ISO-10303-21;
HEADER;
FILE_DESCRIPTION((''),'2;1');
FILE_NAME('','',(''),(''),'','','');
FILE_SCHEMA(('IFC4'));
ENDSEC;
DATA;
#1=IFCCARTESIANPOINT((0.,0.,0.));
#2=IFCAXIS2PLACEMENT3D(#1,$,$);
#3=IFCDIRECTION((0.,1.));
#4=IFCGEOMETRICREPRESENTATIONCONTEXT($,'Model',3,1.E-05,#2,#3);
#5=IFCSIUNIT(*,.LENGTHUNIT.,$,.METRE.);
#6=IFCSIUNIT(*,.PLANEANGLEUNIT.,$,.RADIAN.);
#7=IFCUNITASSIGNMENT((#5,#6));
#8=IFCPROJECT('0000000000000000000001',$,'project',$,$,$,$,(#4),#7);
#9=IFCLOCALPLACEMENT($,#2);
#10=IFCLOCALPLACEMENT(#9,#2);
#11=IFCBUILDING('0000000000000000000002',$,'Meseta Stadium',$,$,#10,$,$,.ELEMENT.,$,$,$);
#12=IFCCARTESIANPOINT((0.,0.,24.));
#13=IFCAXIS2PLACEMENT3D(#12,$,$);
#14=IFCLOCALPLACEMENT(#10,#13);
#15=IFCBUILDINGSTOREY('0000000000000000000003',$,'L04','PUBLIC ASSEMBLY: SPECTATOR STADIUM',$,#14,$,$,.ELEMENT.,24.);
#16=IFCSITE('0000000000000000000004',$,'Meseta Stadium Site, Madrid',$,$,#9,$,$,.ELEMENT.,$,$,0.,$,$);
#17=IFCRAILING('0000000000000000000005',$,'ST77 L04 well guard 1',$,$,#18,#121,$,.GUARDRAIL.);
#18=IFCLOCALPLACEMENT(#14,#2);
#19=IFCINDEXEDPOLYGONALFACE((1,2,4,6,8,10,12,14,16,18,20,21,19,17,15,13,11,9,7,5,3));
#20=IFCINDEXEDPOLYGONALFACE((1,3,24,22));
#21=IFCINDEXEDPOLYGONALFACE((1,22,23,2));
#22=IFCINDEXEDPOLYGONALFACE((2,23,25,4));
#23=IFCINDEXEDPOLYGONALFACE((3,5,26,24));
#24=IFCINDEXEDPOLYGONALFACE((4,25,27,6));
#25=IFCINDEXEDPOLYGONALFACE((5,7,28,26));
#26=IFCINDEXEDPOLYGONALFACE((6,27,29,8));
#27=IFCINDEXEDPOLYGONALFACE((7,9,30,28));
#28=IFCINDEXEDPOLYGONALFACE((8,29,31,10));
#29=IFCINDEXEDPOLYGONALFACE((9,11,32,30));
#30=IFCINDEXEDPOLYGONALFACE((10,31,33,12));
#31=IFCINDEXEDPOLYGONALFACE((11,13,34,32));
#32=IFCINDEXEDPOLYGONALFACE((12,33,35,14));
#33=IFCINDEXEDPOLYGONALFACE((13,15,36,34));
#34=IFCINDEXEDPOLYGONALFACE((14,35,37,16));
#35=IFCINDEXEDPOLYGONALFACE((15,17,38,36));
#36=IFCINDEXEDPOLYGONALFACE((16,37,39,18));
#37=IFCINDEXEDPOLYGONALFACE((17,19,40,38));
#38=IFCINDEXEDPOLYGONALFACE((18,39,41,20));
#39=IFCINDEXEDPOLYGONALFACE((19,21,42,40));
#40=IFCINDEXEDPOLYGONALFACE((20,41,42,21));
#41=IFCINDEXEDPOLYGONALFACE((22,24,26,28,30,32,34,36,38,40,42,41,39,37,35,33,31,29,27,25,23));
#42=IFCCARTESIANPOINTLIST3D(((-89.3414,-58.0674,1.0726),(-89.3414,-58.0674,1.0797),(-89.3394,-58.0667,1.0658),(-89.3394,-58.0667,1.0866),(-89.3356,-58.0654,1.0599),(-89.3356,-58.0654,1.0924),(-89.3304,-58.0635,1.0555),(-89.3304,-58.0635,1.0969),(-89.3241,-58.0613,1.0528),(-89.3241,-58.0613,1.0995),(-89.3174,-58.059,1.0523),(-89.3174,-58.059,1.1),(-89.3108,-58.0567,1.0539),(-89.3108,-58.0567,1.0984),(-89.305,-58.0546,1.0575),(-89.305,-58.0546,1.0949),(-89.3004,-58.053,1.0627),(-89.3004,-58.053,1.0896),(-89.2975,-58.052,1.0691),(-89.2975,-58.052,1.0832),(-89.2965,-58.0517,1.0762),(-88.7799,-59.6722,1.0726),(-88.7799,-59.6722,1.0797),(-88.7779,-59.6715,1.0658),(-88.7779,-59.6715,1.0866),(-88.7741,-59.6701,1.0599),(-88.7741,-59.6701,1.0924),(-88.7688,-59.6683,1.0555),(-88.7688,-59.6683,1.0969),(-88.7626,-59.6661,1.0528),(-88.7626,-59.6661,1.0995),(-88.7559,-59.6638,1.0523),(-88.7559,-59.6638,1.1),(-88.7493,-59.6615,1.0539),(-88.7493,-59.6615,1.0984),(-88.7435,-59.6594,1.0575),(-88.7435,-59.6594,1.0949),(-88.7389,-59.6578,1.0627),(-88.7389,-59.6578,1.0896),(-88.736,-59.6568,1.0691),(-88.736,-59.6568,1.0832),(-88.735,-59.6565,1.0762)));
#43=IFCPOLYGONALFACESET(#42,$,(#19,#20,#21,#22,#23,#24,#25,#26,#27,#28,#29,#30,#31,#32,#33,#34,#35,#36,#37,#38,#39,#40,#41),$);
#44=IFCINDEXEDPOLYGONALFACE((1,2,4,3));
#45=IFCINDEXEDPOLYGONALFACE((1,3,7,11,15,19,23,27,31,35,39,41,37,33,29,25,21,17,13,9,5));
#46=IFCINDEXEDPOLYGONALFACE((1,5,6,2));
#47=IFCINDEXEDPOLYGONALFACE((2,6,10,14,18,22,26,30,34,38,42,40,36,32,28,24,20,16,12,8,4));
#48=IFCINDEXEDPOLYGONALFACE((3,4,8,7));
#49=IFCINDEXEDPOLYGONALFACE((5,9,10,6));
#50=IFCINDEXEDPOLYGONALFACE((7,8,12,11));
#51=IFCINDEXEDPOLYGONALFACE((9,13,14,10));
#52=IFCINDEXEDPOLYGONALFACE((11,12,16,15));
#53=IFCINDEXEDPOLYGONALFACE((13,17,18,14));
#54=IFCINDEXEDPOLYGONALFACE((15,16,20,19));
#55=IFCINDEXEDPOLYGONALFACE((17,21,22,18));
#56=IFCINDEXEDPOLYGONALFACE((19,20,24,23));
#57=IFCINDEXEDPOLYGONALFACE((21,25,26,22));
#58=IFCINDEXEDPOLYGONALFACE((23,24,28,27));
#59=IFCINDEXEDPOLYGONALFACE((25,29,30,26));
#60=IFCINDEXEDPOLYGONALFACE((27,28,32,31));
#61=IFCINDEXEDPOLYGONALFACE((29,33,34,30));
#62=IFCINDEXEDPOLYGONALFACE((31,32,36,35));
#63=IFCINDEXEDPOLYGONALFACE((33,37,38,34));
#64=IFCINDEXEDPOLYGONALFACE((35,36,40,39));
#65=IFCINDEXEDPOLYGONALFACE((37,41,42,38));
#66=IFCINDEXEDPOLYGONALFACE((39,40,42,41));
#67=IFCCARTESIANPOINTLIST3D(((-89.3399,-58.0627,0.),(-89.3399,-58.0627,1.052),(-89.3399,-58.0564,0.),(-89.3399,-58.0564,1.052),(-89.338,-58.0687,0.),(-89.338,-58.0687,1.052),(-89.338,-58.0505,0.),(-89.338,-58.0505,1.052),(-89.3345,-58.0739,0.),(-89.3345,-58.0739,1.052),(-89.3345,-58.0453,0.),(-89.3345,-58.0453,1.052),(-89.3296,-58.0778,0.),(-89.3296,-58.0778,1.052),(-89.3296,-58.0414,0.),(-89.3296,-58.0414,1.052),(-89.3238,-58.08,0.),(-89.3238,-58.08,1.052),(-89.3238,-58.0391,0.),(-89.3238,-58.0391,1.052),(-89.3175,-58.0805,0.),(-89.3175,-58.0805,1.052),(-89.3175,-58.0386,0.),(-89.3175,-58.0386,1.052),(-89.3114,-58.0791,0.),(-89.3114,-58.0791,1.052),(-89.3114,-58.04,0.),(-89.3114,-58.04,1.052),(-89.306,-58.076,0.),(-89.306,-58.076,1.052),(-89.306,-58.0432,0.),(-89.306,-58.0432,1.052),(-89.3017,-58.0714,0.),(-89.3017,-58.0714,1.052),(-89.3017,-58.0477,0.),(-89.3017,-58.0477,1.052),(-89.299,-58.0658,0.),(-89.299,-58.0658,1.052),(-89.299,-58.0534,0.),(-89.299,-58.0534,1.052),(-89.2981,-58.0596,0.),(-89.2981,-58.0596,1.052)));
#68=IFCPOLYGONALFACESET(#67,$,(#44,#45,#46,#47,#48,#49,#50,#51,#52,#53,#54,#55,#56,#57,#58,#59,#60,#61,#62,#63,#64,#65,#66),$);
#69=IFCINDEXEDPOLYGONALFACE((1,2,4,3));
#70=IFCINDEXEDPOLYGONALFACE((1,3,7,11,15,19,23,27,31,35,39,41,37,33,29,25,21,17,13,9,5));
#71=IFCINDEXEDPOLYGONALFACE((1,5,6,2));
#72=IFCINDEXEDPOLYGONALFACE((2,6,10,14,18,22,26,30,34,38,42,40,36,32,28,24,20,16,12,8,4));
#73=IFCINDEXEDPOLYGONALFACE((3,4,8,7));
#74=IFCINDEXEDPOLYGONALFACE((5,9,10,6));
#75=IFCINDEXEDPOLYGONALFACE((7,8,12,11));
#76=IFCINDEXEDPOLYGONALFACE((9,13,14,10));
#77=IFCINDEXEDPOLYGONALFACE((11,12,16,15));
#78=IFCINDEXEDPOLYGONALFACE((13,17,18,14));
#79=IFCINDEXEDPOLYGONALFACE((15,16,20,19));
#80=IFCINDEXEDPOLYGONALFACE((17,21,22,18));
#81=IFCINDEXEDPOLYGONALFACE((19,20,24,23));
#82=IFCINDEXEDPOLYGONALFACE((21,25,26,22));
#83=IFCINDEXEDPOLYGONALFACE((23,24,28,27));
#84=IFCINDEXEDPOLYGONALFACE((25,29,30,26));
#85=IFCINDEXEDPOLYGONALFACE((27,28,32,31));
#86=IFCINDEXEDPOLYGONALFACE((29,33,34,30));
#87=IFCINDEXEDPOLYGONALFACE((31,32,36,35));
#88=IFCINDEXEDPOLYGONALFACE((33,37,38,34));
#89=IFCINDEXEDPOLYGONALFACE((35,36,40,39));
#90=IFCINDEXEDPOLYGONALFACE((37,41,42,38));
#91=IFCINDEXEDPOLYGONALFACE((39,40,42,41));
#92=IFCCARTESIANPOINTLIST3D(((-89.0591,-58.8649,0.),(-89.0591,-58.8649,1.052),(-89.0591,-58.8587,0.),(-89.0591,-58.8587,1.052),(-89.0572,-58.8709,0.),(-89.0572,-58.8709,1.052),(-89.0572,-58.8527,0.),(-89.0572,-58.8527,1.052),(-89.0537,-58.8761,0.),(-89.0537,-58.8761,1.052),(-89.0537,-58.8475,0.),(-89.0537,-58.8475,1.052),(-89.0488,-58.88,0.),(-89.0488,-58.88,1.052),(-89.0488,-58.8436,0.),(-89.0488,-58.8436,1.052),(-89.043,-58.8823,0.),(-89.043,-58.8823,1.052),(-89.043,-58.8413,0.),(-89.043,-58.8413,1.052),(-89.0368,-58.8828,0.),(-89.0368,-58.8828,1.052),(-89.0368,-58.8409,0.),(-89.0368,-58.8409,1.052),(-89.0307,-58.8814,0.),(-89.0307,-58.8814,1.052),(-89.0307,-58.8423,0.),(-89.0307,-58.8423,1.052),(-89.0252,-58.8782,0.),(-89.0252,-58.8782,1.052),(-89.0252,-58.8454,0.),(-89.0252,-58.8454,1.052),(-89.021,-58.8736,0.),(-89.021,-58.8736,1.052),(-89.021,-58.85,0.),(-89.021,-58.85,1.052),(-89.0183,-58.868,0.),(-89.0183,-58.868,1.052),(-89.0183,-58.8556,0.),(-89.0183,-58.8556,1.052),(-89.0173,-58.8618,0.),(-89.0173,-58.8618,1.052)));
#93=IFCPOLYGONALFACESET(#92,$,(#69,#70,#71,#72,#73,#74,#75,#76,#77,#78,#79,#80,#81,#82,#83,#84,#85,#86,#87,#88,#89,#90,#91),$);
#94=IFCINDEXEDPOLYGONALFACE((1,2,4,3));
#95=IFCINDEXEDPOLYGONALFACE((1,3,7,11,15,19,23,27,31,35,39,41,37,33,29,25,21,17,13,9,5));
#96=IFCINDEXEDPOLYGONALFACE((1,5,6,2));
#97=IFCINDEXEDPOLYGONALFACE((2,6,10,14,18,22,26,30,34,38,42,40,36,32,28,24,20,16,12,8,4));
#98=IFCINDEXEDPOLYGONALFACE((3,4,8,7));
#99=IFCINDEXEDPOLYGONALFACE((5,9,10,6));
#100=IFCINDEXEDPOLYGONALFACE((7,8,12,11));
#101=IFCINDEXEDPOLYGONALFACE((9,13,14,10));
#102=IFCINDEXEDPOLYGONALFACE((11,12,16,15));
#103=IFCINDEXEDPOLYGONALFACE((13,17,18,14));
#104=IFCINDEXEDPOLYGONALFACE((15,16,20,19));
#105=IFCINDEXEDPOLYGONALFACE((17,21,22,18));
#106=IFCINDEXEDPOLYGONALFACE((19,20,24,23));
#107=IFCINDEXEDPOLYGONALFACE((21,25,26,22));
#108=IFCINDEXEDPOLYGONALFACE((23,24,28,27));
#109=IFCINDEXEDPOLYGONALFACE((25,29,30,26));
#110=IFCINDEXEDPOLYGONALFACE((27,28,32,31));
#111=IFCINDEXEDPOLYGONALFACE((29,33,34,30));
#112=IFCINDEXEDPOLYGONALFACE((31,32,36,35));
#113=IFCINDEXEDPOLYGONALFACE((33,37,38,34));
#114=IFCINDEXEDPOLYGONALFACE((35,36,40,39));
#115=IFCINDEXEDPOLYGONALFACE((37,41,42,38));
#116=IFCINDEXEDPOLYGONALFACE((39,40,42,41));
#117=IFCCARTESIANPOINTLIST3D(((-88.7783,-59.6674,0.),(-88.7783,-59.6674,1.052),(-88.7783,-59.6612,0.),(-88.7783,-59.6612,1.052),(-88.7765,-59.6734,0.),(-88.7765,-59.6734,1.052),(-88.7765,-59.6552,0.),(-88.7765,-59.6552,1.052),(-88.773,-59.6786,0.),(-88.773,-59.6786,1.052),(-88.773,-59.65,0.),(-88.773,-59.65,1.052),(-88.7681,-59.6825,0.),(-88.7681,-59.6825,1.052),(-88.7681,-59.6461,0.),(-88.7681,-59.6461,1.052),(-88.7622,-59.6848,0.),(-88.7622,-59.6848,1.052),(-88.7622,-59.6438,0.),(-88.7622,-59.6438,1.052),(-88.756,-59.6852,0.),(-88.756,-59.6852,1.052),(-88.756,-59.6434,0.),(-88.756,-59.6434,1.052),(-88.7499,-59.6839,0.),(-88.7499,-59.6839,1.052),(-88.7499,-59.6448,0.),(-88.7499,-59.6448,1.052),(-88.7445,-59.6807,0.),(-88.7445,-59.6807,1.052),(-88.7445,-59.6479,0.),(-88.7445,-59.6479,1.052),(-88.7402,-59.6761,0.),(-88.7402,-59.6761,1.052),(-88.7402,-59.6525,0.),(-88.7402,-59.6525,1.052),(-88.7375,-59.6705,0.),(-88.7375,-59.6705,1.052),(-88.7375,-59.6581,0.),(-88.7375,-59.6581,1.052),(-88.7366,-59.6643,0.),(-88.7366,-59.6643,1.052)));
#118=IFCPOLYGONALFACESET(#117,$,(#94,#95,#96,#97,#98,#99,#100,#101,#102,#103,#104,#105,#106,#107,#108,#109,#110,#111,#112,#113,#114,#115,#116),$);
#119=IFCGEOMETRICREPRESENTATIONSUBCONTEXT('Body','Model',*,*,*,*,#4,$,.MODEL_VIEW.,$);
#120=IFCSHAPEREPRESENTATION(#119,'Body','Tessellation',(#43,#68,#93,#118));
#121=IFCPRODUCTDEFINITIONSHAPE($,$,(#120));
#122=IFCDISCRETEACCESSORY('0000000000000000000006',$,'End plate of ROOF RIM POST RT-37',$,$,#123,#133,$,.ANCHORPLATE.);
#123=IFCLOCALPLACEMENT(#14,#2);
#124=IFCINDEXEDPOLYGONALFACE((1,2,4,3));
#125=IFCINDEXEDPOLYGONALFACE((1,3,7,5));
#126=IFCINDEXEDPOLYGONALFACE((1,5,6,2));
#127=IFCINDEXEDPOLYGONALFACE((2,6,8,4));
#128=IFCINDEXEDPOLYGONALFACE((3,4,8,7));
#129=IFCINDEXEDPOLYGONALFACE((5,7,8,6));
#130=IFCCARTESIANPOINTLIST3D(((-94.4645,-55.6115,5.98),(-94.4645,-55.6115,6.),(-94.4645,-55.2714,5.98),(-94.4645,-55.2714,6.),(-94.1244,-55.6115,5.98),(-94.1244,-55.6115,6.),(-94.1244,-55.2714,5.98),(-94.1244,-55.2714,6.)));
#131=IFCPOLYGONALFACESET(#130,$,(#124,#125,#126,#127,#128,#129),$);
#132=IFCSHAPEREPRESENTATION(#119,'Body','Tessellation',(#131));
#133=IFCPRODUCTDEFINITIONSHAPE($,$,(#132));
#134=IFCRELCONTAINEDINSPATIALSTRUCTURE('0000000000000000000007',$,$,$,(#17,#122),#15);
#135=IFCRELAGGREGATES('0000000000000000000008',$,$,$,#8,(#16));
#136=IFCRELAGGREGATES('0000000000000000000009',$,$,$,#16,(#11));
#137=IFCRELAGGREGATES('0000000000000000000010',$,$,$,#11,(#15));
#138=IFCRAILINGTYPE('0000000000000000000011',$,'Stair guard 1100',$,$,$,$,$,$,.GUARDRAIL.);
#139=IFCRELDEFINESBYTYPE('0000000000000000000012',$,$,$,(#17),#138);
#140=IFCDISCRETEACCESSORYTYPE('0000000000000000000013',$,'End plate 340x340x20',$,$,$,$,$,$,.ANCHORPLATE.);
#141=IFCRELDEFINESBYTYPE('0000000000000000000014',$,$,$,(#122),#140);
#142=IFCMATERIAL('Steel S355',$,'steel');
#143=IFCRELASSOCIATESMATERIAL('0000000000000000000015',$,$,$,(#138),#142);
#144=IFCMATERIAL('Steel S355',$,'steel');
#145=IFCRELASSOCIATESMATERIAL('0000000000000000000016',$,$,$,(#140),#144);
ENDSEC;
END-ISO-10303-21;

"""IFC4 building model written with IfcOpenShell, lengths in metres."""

from ifc_helpers import new_model, si_unit, direction, frame, origin, origin_2d, place, context, subcontext, project, spatial, rectangle, circle, extrude, material, material_profile, profile_set, type_object, element, save


model = new_model("IFC4")

# Units and contexts
model_context = context("Model", 3, precision=1e-05, world=origin(), true_north=direction((0.0, 1.0)))
body_context = subcontext(model_context, "Body", "Model", "MODEL_VIEW")
ifc_project = project(units=[si_unit("LENGTHUNIT", "METRE"), si_unit("PLANEANGLEUNIT", "RADIAN")], contexts=[model_context])

# Site, building, storey
site_placement = place(None, origin())
site = spatial("IfcSite", under=ifc_project, at=site_placement, Name="Meseta Stadium Site, Madrid", CompositionType="ELEMENT", RefElevation=0.0)
building_placement = place(site_placement, origin())
building = spatial("IfcBuilding", under=site, at=building_placement, Name="Meseta Stadium", CompositionType="ELEMENT")
storey_placement = place(building_placement, frame((0.0, 0.0, 24.0)))
storey = spatial("IfcBuildingStorey", under=building, at=storey_placement, Name="L04", Description="PUBLIC ASSEMBLY: SPECTATOR STADIUM", CompositionType="ELEMENT", Elevation=24.0)

# Railing
ifc_material_1 = material(Name="Steel S355", Category="steel")
railing_type = type_object("IfcRailingType", Name="Stair guard 1100", PredefinedType="GUARDRAIL", material=ifc_material_1)
railing_placement = place(storey_placement, frame((-89.3191, -58.0596, 0.0)))
element("IfcRailing", 1, at=railing_placement, inside=storey, type_object=railing_type, Name="ST77 L04 well guard 1", PredefinedType="GUARDRAIL", context=body_context, shape_type="SweptSolid", body=[
    extrude(circle(Radius=0.0239, at=origin_2d()), frame((0.0, 0.0, 1.0762), z_axis=(0.33028, -0.943883, 0.0), x_axis=(0.943883, 0.33028, 0.0)), (0.0, 0.0, 1.0), 1.7002),
    extrude(circle(Radius=0.021, at=origin_2d()), origin(), (0.0, 0.0, 1.0), 1.052),
    extrude(circle(Radius=0.021, at=origin_2d()), frame((0.2808, -0.8022, 0.0)), (0.0, 0.0, 1.0), 1.052),
    extrude(circle(Radius=0.021, at=origin_2d()), frame((0.5615, -1.6047, 0.0)), (0.0, 0.0, 1.0), 1.052),
])

# Discrete accessory
ifc_material_2 = material(Name="Steel S355", Category="steel")
ifc_material_profile_1 = material_profile(ifc_material_2, rectangle(XDim=0.3401, YDim=0.3401, at=origin_2d()), Name="PL 340x340")
ifc_profile_set_1 = profile_set([ifc_material_profile_1], Name="Steel S355")
discrete_accessory_type = type_object("IfcDiscreteAccessoryType", Name="End plate 340x340x20", PredefinedType="ANCHORPLATE", material=ifc_profile_set_1)
discrete_accessory_placement = place(storey_placement, frame((-94.2944, -55.4414, 5.98), z_axis=(0.0, 0.0, 1.0), x_axis=(1.0, 0.0, 0.0)))
element("IfcDiscreteAccessory", 2, at=discrete_accessory_placement, inside=storey, type_object=discrete_accessory_type, Name="End plate of ROOF RIM POST RT-37", PredefinedType="ANCHORPLATE", context=body_context, shape_type="SweptSolid", body=[
    extrude(rectangle(XDim=0.3401, YDim=0.3401, at=origin_2d()), origin(), (0.0, 0.0, 1.0), 0.02),
])

save(model, "model.ifc")
